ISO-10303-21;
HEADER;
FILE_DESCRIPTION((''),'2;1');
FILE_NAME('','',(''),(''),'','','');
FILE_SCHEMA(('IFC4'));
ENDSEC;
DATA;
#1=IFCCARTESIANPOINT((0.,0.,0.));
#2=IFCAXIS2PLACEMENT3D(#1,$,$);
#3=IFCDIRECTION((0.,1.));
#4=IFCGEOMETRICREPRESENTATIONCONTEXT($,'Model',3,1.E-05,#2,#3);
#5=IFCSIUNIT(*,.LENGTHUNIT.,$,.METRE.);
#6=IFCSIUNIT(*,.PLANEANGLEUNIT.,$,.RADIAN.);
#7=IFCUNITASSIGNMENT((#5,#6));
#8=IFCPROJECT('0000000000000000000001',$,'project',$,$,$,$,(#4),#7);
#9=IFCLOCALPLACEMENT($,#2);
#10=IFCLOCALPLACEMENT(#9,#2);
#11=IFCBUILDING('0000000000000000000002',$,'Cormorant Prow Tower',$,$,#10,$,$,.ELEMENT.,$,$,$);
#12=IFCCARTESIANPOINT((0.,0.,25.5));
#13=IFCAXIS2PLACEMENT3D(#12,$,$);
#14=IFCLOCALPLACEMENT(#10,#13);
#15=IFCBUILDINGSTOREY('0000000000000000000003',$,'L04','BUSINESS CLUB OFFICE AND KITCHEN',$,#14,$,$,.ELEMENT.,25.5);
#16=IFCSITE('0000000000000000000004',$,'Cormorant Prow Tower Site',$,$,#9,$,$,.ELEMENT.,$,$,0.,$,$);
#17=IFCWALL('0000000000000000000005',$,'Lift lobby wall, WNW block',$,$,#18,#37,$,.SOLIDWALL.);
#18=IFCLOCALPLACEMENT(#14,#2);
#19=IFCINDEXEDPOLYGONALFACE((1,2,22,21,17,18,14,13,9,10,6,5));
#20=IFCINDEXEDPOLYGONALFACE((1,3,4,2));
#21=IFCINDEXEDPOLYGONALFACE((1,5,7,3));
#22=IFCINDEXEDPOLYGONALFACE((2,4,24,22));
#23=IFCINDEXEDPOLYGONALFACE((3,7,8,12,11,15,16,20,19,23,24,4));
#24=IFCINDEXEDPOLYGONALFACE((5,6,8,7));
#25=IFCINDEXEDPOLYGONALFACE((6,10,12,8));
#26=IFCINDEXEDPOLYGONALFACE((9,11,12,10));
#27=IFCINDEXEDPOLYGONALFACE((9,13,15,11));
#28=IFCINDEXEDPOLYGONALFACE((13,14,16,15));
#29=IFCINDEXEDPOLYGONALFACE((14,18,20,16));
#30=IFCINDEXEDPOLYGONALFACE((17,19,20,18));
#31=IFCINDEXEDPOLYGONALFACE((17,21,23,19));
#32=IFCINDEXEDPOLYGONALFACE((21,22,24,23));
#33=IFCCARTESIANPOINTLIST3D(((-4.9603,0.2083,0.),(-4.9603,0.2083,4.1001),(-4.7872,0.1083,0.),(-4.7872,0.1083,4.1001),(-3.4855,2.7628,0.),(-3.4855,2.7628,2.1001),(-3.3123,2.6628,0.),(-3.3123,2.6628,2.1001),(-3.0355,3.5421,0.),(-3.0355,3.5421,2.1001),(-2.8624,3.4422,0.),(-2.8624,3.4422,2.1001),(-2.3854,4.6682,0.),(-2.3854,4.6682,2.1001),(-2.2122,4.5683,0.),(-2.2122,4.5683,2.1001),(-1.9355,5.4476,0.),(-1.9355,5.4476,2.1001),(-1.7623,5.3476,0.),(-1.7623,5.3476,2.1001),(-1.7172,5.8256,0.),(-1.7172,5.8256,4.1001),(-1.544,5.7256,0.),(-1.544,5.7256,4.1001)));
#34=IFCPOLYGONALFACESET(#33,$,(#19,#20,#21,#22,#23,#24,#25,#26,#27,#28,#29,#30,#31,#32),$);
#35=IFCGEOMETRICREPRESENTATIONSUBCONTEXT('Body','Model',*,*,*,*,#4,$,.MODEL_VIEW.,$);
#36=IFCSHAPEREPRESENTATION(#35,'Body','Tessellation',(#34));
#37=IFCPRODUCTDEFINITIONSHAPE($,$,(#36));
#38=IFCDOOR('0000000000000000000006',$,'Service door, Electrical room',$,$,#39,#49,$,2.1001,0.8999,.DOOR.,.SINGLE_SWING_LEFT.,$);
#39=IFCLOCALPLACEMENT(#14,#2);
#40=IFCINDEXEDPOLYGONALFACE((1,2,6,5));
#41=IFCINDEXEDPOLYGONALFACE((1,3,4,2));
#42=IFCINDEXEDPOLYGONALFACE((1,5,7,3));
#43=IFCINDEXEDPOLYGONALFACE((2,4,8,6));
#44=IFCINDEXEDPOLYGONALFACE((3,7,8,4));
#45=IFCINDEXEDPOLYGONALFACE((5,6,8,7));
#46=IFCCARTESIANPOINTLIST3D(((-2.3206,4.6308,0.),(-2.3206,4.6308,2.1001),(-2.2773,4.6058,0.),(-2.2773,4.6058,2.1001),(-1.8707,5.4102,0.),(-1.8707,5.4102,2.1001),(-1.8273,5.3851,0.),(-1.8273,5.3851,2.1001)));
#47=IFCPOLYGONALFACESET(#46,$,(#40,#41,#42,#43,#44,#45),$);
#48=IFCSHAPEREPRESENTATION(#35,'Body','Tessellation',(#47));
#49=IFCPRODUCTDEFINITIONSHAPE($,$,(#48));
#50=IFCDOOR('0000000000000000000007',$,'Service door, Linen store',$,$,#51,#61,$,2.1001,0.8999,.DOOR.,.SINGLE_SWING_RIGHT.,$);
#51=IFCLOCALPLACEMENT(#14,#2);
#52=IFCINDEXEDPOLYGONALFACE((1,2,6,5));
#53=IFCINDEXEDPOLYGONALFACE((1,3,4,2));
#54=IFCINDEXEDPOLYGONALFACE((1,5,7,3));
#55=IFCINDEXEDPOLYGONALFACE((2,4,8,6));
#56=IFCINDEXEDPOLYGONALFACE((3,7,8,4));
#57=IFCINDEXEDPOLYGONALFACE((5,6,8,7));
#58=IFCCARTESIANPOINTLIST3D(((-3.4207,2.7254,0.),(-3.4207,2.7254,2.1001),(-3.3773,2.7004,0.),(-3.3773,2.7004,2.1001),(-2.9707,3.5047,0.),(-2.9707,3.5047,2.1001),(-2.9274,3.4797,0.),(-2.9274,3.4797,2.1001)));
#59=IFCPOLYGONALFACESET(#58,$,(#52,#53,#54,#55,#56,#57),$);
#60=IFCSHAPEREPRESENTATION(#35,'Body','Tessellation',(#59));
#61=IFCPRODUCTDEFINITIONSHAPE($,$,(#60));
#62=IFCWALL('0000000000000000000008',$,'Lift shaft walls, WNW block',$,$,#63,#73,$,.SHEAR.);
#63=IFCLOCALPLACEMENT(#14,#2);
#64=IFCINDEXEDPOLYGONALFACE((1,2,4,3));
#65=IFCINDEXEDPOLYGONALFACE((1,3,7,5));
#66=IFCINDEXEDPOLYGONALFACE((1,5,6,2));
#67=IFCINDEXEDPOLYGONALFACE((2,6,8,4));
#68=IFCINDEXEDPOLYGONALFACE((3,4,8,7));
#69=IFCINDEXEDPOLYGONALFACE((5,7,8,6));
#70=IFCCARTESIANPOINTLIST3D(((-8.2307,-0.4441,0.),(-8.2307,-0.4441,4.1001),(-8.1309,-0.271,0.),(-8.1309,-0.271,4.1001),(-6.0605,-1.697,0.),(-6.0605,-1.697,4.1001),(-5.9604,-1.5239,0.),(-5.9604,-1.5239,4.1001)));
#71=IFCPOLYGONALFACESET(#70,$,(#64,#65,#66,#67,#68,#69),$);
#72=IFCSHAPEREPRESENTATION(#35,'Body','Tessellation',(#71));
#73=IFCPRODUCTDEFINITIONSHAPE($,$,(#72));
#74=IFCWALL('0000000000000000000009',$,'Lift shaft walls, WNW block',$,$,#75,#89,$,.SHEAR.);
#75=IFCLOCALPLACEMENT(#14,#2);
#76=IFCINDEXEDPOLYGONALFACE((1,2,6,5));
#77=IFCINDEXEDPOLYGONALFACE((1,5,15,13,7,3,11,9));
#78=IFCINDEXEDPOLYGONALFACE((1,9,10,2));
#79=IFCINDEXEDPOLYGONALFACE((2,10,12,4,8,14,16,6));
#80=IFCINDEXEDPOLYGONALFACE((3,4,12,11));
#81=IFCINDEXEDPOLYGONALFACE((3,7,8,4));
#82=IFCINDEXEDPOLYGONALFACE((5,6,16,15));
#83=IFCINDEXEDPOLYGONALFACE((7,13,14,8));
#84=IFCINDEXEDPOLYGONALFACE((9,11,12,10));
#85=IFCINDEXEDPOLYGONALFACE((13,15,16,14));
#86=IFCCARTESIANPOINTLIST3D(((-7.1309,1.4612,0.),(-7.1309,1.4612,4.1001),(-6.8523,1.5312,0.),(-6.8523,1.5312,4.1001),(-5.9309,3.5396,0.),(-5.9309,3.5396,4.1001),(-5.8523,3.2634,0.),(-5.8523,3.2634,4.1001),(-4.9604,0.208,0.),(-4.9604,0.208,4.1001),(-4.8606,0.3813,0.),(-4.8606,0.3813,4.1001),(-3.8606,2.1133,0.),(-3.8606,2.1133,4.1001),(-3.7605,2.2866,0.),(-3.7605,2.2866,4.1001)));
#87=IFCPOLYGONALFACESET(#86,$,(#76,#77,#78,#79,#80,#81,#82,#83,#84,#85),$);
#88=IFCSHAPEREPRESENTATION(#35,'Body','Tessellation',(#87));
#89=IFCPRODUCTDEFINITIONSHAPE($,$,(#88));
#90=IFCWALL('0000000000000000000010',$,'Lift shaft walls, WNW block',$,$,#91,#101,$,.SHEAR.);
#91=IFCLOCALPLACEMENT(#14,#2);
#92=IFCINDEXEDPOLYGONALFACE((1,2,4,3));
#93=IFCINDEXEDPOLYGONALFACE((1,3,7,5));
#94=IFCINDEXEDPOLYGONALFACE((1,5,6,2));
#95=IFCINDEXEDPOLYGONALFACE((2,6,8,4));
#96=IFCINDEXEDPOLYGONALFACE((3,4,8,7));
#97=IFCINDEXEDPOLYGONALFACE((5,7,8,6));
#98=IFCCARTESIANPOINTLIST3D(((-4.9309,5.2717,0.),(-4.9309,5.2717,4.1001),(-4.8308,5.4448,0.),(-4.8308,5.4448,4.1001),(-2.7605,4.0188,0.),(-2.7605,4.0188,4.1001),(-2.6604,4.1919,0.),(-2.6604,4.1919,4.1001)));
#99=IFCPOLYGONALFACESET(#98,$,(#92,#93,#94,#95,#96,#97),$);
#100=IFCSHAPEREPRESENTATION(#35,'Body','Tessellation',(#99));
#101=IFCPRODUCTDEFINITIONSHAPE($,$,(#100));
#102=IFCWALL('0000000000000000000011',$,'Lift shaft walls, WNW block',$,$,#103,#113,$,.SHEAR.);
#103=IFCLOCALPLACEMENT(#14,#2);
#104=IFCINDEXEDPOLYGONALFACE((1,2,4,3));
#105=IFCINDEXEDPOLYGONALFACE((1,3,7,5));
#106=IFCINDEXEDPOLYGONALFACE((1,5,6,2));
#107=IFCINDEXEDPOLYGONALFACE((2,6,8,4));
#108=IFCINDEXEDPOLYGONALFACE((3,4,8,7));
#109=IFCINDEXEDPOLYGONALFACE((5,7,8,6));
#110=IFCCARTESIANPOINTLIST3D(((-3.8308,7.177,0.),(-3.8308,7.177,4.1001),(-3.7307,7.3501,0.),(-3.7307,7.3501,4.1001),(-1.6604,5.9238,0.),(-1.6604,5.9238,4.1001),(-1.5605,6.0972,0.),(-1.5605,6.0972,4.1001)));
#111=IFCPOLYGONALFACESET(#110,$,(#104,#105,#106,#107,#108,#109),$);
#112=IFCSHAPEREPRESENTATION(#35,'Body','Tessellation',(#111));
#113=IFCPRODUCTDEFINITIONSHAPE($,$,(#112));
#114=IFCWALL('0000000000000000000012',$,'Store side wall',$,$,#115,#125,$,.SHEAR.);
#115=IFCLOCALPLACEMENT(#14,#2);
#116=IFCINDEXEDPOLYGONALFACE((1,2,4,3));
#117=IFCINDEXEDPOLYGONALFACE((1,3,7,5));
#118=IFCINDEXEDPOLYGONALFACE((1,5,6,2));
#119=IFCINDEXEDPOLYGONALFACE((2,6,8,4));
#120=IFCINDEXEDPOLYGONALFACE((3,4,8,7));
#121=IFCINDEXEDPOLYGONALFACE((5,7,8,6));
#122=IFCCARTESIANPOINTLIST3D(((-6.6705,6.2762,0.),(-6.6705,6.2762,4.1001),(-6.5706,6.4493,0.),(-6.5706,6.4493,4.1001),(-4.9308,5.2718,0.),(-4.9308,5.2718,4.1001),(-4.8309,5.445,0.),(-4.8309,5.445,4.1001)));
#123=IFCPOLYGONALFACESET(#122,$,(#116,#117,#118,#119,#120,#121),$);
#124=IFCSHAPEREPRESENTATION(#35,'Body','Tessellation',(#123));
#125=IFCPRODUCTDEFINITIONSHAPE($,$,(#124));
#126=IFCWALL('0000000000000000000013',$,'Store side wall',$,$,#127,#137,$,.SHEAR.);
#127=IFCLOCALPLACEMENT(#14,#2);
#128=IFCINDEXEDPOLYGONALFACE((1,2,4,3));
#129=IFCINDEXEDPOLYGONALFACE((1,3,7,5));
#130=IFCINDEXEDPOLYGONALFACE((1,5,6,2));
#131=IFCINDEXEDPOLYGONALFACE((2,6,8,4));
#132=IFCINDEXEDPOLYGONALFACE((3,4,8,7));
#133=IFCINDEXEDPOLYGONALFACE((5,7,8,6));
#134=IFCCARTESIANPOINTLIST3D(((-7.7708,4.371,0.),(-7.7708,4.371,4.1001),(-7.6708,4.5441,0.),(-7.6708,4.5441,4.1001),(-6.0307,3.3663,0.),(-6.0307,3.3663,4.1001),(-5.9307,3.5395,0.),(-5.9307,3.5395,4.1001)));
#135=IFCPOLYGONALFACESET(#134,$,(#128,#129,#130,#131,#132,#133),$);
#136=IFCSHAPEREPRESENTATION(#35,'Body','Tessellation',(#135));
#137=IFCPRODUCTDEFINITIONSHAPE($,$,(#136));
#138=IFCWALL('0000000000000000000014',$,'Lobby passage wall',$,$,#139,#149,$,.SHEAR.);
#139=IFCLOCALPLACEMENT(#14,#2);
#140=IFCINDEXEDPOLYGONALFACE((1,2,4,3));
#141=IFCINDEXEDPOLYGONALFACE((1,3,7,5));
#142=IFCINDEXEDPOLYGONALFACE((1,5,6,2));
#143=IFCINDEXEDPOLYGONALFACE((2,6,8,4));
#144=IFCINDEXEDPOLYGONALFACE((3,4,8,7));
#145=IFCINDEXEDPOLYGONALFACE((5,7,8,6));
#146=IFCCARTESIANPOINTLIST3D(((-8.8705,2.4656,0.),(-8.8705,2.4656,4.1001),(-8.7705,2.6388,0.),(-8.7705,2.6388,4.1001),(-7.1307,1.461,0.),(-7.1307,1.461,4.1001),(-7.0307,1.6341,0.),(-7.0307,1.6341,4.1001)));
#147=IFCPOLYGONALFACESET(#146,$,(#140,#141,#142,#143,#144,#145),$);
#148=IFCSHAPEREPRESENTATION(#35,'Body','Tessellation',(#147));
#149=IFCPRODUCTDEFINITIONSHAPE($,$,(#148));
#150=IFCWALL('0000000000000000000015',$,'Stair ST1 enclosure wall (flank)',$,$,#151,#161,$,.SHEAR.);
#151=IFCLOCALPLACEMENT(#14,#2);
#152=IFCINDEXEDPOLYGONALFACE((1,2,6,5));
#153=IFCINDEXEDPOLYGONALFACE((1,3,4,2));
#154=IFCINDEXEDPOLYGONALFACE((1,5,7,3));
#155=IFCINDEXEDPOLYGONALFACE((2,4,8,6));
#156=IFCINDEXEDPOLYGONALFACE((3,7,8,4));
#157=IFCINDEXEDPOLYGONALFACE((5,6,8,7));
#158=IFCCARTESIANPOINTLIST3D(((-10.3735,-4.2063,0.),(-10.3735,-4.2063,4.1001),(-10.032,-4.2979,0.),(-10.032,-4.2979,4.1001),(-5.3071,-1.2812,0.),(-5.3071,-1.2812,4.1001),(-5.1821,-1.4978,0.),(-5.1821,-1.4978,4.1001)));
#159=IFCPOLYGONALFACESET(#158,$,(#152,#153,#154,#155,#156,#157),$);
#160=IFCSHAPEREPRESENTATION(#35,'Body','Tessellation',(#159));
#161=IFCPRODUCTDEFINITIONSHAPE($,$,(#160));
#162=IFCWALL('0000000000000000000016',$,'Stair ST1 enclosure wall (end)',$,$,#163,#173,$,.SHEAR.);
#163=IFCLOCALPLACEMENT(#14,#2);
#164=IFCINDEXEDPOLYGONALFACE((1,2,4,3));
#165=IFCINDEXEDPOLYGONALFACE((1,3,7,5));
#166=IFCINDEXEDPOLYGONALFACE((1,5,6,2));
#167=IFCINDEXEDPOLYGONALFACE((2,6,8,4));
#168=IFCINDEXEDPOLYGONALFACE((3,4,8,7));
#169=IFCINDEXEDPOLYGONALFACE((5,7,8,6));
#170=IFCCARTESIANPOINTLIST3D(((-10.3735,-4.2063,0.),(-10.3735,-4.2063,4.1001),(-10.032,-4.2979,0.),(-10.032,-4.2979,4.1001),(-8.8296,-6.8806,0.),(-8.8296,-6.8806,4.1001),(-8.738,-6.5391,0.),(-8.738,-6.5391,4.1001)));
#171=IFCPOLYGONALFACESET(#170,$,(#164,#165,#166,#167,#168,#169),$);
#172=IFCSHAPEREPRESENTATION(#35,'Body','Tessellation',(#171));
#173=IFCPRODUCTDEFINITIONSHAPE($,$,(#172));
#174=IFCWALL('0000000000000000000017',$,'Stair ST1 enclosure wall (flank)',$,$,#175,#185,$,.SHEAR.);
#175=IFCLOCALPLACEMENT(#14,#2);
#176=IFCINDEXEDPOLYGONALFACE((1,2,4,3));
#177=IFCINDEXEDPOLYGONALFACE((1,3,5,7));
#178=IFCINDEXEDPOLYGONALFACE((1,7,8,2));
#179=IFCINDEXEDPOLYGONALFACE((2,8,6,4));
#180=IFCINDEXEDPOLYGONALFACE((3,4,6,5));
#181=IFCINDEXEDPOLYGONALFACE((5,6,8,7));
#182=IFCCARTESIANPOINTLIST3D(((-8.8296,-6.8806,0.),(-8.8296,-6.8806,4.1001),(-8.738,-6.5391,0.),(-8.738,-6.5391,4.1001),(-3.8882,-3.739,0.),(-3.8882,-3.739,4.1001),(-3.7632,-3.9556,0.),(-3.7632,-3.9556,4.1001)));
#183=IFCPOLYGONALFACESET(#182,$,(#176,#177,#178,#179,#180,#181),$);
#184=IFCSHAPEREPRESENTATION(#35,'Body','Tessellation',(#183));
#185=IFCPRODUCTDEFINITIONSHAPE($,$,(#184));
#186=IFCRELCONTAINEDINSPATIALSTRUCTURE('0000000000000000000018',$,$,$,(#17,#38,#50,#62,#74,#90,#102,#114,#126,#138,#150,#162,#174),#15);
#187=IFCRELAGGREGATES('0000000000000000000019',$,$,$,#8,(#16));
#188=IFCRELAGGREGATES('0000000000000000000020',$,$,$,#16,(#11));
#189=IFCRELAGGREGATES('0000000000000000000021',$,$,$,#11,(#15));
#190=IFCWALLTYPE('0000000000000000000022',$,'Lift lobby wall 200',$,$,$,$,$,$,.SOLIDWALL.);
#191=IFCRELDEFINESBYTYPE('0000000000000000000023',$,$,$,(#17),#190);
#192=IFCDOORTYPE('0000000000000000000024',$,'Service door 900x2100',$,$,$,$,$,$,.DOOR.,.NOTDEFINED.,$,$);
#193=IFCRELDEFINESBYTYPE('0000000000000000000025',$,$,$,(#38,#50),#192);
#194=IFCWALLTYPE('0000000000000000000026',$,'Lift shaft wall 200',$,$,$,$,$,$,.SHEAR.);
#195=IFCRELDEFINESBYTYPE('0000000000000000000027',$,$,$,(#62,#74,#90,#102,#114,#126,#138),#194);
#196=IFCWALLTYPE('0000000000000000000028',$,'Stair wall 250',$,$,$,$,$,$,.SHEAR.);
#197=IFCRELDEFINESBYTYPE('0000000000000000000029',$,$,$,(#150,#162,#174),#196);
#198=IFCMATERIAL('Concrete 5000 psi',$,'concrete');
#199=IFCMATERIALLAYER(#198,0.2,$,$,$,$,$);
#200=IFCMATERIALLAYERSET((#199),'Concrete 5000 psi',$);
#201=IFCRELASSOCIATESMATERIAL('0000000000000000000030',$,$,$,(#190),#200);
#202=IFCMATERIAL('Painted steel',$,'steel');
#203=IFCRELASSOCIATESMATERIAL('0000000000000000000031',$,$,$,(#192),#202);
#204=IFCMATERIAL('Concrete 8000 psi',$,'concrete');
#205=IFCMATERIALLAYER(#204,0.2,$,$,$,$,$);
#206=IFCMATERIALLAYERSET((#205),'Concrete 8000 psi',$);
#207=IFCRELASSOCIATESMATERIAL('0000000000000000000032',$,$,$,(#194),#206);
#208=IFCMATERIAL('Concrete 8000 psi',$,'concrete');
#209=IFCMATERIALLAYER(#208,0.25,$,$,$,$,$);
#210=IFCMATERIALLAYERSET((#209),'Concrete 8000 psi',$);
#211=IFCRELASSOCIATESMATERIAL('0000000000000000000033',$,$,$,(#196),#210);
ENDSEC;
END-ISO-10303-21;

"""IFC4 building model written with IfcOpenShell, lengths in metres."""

from ifc_helpers import new_model, si_unit, direction, frame, frame_2d, origin, place, context, subcontext, project, spatial, polyline, rectangle, outline, extrude, material, layer, layer_set, type_object, element, fill, save


model = new_model("IFC4")

# Units and contexts
model_context = context("Model", 3, precision=1e-05, world=origin(), true_north=direction((0.0, 1.0)))
body_context = subcontext(model_context, "Body", "Model", "MODEL_VIEW")
ifc_project = project(units=[si_unit("LENGTHUNIT", "METRE"), si_unit("PLANEANGLEUNIT", "RADIAN")], contexts=[model_context])

# Site, building, storey
site_placement = place(None, origin())
site = spatial("IfcSite", under=ifc_project, at=site_placement, Name="Cormorant Prow Tower Site", CompositionType="ELEMENT", RefElevation=0.0)
building_placement = place(site_placement, origin())
building = spatial("IfcBuilding", under=site, at=building_placement, Name="Cormorant Prow Tower", CompositionType="ELEMENT")
storey_placement = place(building_placement, frame((0.0, 0.0, 25.5)))
storey = spatial("IfcBuildingStorey", under=building, at=storey_placement, Name="L04", Description="BUSINESS CLUB OFFICE AND KITCHEN", CompositionType="ELEMENT", Elevation=25.5)

# Wall, openings, doors
ifc_material_1 = material(Name="Concrete 5000 psi", Category="concrete")
ifc_layer_1 = layer(ifc_material_1, 0.2)
ifc_layer_set_1 = layer_set([ifc_layer_1], Name="Concrete 5000 psi")
wall_type_1 = type_object("IfcWallType", Name="Lift lobby wall 200", PredefinedType="SOLIDWALL", material=ifc_layer_set_1)
wall_1_placement = place(storey_placement, frame((-1.6306, 5.7756, 0.0), z_axis=(0.0, 0.0, 1.0), x_axis=(-0.499993, -0.86603, 0.0)))
wall_1 = element("IfcWall", 1, at=wall_1_placement, inside=storey, type_object=wall_type_1, Name="Lift lobby wall, WNW block", PredefinedType="SOLIDWALL", context=body_context, shape_type="SweptSolid", body=[
    extrude(rectangle(XDim=6.4863, YDim=0.2, at=frame_2d((3.2432, 0.0))), origin(), (0.0, 0.0, 1.0), 4.1001),
])
opening_1_placement = place(wall_1_placement, frame((0.4365, 0.0, 0.0)))
opening_1 = element("IfcOpeningElement", 2, at=opening_1_placement, cuts=wall_1, PredefinedType="OPENING", context=body_context, shape_type="SweptSolid", body=[
    extrude(rectangle(XDim=0.8999, YDim=2.1001, at=frame_2d((0.45, 1.05))), frame((0.0, 0.1099, 0.0), z_axis=(0.0, -1.0, 0.0), x_axis=(1.0, 0.0, 0.0)), (0.0, 0.0, 1.0), 0.22),
])
opening_2_placement = place(wall_1_placement, frame((2.6367, 0.0, 0.0)))
opening_2 = element("IfcOpeningElement", 3, at=opening_2_placement, cuts=wall_1, PredefinedType="OPENING", context=body_context, shape_type="SweptSolid", body=[
    extrude(rectangle(XDim=0.8999, YDim=2.1001, at=frame_2d((0.45, 1.05))), frame((0.0, 0.1099, 0.0), z_axis=(0.0, -1.0, 0.0), x_axis=(1.0, 0.0, 0.0)), (0.0, 0.0, 1.0), 0.22),
])
ifc_material_2 = material(Name="Painted steel", Category="steel")
door_type_1 = type_object("IfcDoorType", Name="Service door 900x2100", OperationType="NOTDEFINED", PredefinedType="DOOR", material=ifc_material_2)
door_1_placement = place(opening_1_placement, origin())
door_1 = element("IfcDoor", 4, at=door_1_placement, inside=storey, type_object=door_type_1, Name="Service door, Electrical room", OperationType="SINGLE_SWING_LEFT", OverallHeight=2.1001, OverallWidth=0.8999, PredefinedType="DOOR", context=body_context, shape_type="SweptSolid", body=[
    extrude(rectangle(XDim=0.8999, YDim=2.1001, at=frame_2d((0.45, 1.05))), frame((0.0, 0.0249, 0.0), z_axis=(0.0, -1.0, 0.0), x_axis=(1.0, 0.0, 0.0)), (0.0, 0.0, 1.0), 0.05),
])
fill(opening_1, door_1)
door_2_placement = place(opening_2_placement, origin())
door_2 = element("IfcDoor", 5, at=door_2_placement, inside=storey, type_object=door_type_1, Name="Service door, Linen store", OperationType="SINGLE_SWING_RIGHT", OverallHeight=2.1001, OverallWidth=0.8999, PredefinedType="DOOR", context=body_context, shape_type="SweptSolid", body=[
    extrude(rectangle(XDim=0.8999, YDim=2.1001, at=frame_2d((0.45, 1.05))), frame((0.0, 0.0249, 0.0), z_axis=(0.0, -1.0, 0.0), x_axis=(1.0, 0.0, 0.0)), (0.0, 0.0, 1.0), 0.05),
])
fill(opening_2, door_2)

# Walls
ifc_material_3 = material(Name="Concrete 8000 psi", Category="concrete")
ifc_layer_2 = layer(ifc_material_3, 0.2)
ifc_layer_set_2 = layer_set([ifc_layer_2], Name="Concrete 8000 psi")
wall_type_2 = type_object("IfcWallType", Name="Lift shaft wall 200", PredefinedType="SHEAR", material=ifc_layer_set_2)
wall_2_placement = place(storey_placement, origin())
element("IfcWall", 6, at=wall_2_placement, inside=storey, type_object=wall_type_2, Name="Lift shaft walls, WNW block", PredefinedType="SHEAR", context=body_context, shape_type="SweptSolid", body=[
    extrude(outline(polyline([(-6.0605, -1.697), (-8.2307, -0.4441), (-8.1309, -0.271), (-5.9604, -1.5239), (-6.0605, -1.697)])), origin(), (0.0, 0.0, 1.0), 4.1001),
])
wall_3_placement = place(storey_placement, origin())
element("IfcWall", 7, at=wall_3_placement, inside=storey, type_object=wall_type_2, Name="Lift shaft walls, WNW block", PredefinedType="SHEAR", context=body_context, shape_type="SweptSolid", body=[
    extrude(outline(polyline([(-4.9604, 0.208), (-7.1309, 1.4612), (-5.9309, 3.5396), (-3.7605, 2.2866), (-3.8606, 2.1133), (-5.8523, 3.2634), (-6.8523, 1.5312), (-4.8606, 0.3813), (-4.9604, 0.208)])), origin(), (0.0, 0.0, 1.0), 4.1001),
])
wall_4_placement = place(storey_placement, origin())
element("IfcWall", 8, at=wall_4_placement, inside=storey, type_object=wall_type_2, Name="Lift shaft walls, WNW block", PredefinedType="SHEAR", context=body_context, shape_type="SweptSolid", body=[
    extrude(outline(polyline([(-2.7605, 4.0188), (-4.9309, 5.2717), (-4.8308, 5.4448), (-2.6604, 4.1919), (-2.7605, 4.0188)])), origin(), (0.0, 0.0, 1.0), 4.1001),
])
wall_5_placement = place(storey_placement, origin())
element("IfcWall", 9, at=wall_5_placement, inside=storey, type_object=wall_type_2, Name="Lift shaft walls, WNW block", PredefinedType="SHEAR", context=body_context, shape_type="SweptSolid", body=[
    extrude(outline(polyline([(-3.7307, 7.3501), (-1.5605, 6.0972), (-1.6604, 5.9238), (-3.8308, 7.177), (-3.7307, 7.3501)])), origin(), (0.0, 0.0, 1.0), 4.1001),
])
wall_6_placement = place(storey_placement, frame((-4.8809, 5.3584, 0.0), z_axis=(0.0, 0.0, 1.0), x_axis=(-0.866036, 0.499982, 0.0)))
element("IfcWall", 10, at=wall_6_placement, inside=storey, type_object=wall_type_2, Name="Store side wall", PredefinedType="SHEAR", context=body_context, shape_type="SweptSolid", body=[
    extrude(rectangle(XDim=2.0088, YDim=0.2, at=frame_2d((1.0044, 0.0))), origin(), (0.0, 0.0, 1.0), 4.1001),
])
wall_7_placement = place(storey_placement, frame((-5.9807, 3.4529, 0.0), z_axis=(0.0, 0.0, 1.0), x_axis=(-0.866014, 0.50002, 0.0)))
element("IfcWall", 11, at=wall_7_placement, inside=storey, type_object=wall_type_2, Name="Store side wall", PredefinedType="SHEAR", context=body_context, shape_type="SweptSolid", body=[
    extrude(rectangle(XDim=2.0093, YDim=0.2, at=frame_2d((1.0046, 0.0))), origin(), (0.0, 0.0, 1.0), 4.1001),
])
wall_8_placement = place(storey_placement, frame((-7.0808, 1.5476, 0.0), z_axis=(0.0, 0.0, 1.0), x_axis=(-0.865983, 0.500073, 0.0)))
element("IfcWall", 12, at=wall_8_placement, inside=storey, type_object=wall_type_2, Name="Lobby passage wall", PredefinedType="SHEAR", context=body_context, shape_type="SweptSolid", body=[
    extrude(rectangle(XDim=2.009, YDim=0.2, at=frame_2d((1.0044, 0.0))), origin(), (0.0, 0.0, 1.0), 4.1001),
])
ifc_material_4 = material(Name="Concrete 8000 psi", Category="concrete")
ifc_layer_3 = layer(ifc_material_4, 0.25)
ifc_layer_set_3 = layer_set([ifc_layer_3], Name="Concrete 8000 psi")
wall_type_3 = type_object("IfcWallType", Name="Stair wall 250", PredefinedType="SHEAR", material=ifc_layer_set_3)
wall_9_placement = place(storey_placement, origin())
element("IfcWall", 13, at=wall_9_placement, inside=storey, type_object=wall_type_3, Name="Stair ST1 enclosure wall (flank)", PredefinedType="SHEAR", context=body_context, shape_type="SweptSolid", body=[
    extrude(outline(polyline([(-5.3071, -1.2812), (-10.3735, -4.2063), (-10.032, -4.2979), (-5.1821, -1.4978), (-5.3071, -1.2812)])), origin(), (0.0, 0.0, 1.0), 4.1001),
])
wall_10_placement = place(storey_placement, origin())
element("IfcWall", 14, at=wall_10_placement, inside=storey, type_object=wall_type_3, Name="Stair ST1 enclosure wall (end)", PredefinedType="SHEAR", context=body_context, shape_type="SweptSolid", body=[
    extrude(outline(polyline([(-10.3735, -4.2063), (-8.8296, -6.8806), (-8.738, -6.5391), (-10.032, -4.2979), (-10.3735, -4.2063)])), origin(), (0.0, 0.0, 1.0), 4.1001),
])
wall_11_placement = place(storey_placement, origin())
element("IfcWall", 15, at=wall_11_placement, inside=storey, type_object=wall_type_3, Name="Stair ST1 enclosure wall (flank)", PredefinedType="SHEAR", context=body_context, shape_type="SweptSolid", body=[
    extrude(outline(polyline([(-8.738, -6.5391), (-8.8296, -6.8806), (-3.7632, -3.9556), (-3.8882, -3.739), (-8.738, -6.5391)])), origin(), (0.0, 0.0, 1.0), 4.1001),
])

save(model, "model.ifc")
